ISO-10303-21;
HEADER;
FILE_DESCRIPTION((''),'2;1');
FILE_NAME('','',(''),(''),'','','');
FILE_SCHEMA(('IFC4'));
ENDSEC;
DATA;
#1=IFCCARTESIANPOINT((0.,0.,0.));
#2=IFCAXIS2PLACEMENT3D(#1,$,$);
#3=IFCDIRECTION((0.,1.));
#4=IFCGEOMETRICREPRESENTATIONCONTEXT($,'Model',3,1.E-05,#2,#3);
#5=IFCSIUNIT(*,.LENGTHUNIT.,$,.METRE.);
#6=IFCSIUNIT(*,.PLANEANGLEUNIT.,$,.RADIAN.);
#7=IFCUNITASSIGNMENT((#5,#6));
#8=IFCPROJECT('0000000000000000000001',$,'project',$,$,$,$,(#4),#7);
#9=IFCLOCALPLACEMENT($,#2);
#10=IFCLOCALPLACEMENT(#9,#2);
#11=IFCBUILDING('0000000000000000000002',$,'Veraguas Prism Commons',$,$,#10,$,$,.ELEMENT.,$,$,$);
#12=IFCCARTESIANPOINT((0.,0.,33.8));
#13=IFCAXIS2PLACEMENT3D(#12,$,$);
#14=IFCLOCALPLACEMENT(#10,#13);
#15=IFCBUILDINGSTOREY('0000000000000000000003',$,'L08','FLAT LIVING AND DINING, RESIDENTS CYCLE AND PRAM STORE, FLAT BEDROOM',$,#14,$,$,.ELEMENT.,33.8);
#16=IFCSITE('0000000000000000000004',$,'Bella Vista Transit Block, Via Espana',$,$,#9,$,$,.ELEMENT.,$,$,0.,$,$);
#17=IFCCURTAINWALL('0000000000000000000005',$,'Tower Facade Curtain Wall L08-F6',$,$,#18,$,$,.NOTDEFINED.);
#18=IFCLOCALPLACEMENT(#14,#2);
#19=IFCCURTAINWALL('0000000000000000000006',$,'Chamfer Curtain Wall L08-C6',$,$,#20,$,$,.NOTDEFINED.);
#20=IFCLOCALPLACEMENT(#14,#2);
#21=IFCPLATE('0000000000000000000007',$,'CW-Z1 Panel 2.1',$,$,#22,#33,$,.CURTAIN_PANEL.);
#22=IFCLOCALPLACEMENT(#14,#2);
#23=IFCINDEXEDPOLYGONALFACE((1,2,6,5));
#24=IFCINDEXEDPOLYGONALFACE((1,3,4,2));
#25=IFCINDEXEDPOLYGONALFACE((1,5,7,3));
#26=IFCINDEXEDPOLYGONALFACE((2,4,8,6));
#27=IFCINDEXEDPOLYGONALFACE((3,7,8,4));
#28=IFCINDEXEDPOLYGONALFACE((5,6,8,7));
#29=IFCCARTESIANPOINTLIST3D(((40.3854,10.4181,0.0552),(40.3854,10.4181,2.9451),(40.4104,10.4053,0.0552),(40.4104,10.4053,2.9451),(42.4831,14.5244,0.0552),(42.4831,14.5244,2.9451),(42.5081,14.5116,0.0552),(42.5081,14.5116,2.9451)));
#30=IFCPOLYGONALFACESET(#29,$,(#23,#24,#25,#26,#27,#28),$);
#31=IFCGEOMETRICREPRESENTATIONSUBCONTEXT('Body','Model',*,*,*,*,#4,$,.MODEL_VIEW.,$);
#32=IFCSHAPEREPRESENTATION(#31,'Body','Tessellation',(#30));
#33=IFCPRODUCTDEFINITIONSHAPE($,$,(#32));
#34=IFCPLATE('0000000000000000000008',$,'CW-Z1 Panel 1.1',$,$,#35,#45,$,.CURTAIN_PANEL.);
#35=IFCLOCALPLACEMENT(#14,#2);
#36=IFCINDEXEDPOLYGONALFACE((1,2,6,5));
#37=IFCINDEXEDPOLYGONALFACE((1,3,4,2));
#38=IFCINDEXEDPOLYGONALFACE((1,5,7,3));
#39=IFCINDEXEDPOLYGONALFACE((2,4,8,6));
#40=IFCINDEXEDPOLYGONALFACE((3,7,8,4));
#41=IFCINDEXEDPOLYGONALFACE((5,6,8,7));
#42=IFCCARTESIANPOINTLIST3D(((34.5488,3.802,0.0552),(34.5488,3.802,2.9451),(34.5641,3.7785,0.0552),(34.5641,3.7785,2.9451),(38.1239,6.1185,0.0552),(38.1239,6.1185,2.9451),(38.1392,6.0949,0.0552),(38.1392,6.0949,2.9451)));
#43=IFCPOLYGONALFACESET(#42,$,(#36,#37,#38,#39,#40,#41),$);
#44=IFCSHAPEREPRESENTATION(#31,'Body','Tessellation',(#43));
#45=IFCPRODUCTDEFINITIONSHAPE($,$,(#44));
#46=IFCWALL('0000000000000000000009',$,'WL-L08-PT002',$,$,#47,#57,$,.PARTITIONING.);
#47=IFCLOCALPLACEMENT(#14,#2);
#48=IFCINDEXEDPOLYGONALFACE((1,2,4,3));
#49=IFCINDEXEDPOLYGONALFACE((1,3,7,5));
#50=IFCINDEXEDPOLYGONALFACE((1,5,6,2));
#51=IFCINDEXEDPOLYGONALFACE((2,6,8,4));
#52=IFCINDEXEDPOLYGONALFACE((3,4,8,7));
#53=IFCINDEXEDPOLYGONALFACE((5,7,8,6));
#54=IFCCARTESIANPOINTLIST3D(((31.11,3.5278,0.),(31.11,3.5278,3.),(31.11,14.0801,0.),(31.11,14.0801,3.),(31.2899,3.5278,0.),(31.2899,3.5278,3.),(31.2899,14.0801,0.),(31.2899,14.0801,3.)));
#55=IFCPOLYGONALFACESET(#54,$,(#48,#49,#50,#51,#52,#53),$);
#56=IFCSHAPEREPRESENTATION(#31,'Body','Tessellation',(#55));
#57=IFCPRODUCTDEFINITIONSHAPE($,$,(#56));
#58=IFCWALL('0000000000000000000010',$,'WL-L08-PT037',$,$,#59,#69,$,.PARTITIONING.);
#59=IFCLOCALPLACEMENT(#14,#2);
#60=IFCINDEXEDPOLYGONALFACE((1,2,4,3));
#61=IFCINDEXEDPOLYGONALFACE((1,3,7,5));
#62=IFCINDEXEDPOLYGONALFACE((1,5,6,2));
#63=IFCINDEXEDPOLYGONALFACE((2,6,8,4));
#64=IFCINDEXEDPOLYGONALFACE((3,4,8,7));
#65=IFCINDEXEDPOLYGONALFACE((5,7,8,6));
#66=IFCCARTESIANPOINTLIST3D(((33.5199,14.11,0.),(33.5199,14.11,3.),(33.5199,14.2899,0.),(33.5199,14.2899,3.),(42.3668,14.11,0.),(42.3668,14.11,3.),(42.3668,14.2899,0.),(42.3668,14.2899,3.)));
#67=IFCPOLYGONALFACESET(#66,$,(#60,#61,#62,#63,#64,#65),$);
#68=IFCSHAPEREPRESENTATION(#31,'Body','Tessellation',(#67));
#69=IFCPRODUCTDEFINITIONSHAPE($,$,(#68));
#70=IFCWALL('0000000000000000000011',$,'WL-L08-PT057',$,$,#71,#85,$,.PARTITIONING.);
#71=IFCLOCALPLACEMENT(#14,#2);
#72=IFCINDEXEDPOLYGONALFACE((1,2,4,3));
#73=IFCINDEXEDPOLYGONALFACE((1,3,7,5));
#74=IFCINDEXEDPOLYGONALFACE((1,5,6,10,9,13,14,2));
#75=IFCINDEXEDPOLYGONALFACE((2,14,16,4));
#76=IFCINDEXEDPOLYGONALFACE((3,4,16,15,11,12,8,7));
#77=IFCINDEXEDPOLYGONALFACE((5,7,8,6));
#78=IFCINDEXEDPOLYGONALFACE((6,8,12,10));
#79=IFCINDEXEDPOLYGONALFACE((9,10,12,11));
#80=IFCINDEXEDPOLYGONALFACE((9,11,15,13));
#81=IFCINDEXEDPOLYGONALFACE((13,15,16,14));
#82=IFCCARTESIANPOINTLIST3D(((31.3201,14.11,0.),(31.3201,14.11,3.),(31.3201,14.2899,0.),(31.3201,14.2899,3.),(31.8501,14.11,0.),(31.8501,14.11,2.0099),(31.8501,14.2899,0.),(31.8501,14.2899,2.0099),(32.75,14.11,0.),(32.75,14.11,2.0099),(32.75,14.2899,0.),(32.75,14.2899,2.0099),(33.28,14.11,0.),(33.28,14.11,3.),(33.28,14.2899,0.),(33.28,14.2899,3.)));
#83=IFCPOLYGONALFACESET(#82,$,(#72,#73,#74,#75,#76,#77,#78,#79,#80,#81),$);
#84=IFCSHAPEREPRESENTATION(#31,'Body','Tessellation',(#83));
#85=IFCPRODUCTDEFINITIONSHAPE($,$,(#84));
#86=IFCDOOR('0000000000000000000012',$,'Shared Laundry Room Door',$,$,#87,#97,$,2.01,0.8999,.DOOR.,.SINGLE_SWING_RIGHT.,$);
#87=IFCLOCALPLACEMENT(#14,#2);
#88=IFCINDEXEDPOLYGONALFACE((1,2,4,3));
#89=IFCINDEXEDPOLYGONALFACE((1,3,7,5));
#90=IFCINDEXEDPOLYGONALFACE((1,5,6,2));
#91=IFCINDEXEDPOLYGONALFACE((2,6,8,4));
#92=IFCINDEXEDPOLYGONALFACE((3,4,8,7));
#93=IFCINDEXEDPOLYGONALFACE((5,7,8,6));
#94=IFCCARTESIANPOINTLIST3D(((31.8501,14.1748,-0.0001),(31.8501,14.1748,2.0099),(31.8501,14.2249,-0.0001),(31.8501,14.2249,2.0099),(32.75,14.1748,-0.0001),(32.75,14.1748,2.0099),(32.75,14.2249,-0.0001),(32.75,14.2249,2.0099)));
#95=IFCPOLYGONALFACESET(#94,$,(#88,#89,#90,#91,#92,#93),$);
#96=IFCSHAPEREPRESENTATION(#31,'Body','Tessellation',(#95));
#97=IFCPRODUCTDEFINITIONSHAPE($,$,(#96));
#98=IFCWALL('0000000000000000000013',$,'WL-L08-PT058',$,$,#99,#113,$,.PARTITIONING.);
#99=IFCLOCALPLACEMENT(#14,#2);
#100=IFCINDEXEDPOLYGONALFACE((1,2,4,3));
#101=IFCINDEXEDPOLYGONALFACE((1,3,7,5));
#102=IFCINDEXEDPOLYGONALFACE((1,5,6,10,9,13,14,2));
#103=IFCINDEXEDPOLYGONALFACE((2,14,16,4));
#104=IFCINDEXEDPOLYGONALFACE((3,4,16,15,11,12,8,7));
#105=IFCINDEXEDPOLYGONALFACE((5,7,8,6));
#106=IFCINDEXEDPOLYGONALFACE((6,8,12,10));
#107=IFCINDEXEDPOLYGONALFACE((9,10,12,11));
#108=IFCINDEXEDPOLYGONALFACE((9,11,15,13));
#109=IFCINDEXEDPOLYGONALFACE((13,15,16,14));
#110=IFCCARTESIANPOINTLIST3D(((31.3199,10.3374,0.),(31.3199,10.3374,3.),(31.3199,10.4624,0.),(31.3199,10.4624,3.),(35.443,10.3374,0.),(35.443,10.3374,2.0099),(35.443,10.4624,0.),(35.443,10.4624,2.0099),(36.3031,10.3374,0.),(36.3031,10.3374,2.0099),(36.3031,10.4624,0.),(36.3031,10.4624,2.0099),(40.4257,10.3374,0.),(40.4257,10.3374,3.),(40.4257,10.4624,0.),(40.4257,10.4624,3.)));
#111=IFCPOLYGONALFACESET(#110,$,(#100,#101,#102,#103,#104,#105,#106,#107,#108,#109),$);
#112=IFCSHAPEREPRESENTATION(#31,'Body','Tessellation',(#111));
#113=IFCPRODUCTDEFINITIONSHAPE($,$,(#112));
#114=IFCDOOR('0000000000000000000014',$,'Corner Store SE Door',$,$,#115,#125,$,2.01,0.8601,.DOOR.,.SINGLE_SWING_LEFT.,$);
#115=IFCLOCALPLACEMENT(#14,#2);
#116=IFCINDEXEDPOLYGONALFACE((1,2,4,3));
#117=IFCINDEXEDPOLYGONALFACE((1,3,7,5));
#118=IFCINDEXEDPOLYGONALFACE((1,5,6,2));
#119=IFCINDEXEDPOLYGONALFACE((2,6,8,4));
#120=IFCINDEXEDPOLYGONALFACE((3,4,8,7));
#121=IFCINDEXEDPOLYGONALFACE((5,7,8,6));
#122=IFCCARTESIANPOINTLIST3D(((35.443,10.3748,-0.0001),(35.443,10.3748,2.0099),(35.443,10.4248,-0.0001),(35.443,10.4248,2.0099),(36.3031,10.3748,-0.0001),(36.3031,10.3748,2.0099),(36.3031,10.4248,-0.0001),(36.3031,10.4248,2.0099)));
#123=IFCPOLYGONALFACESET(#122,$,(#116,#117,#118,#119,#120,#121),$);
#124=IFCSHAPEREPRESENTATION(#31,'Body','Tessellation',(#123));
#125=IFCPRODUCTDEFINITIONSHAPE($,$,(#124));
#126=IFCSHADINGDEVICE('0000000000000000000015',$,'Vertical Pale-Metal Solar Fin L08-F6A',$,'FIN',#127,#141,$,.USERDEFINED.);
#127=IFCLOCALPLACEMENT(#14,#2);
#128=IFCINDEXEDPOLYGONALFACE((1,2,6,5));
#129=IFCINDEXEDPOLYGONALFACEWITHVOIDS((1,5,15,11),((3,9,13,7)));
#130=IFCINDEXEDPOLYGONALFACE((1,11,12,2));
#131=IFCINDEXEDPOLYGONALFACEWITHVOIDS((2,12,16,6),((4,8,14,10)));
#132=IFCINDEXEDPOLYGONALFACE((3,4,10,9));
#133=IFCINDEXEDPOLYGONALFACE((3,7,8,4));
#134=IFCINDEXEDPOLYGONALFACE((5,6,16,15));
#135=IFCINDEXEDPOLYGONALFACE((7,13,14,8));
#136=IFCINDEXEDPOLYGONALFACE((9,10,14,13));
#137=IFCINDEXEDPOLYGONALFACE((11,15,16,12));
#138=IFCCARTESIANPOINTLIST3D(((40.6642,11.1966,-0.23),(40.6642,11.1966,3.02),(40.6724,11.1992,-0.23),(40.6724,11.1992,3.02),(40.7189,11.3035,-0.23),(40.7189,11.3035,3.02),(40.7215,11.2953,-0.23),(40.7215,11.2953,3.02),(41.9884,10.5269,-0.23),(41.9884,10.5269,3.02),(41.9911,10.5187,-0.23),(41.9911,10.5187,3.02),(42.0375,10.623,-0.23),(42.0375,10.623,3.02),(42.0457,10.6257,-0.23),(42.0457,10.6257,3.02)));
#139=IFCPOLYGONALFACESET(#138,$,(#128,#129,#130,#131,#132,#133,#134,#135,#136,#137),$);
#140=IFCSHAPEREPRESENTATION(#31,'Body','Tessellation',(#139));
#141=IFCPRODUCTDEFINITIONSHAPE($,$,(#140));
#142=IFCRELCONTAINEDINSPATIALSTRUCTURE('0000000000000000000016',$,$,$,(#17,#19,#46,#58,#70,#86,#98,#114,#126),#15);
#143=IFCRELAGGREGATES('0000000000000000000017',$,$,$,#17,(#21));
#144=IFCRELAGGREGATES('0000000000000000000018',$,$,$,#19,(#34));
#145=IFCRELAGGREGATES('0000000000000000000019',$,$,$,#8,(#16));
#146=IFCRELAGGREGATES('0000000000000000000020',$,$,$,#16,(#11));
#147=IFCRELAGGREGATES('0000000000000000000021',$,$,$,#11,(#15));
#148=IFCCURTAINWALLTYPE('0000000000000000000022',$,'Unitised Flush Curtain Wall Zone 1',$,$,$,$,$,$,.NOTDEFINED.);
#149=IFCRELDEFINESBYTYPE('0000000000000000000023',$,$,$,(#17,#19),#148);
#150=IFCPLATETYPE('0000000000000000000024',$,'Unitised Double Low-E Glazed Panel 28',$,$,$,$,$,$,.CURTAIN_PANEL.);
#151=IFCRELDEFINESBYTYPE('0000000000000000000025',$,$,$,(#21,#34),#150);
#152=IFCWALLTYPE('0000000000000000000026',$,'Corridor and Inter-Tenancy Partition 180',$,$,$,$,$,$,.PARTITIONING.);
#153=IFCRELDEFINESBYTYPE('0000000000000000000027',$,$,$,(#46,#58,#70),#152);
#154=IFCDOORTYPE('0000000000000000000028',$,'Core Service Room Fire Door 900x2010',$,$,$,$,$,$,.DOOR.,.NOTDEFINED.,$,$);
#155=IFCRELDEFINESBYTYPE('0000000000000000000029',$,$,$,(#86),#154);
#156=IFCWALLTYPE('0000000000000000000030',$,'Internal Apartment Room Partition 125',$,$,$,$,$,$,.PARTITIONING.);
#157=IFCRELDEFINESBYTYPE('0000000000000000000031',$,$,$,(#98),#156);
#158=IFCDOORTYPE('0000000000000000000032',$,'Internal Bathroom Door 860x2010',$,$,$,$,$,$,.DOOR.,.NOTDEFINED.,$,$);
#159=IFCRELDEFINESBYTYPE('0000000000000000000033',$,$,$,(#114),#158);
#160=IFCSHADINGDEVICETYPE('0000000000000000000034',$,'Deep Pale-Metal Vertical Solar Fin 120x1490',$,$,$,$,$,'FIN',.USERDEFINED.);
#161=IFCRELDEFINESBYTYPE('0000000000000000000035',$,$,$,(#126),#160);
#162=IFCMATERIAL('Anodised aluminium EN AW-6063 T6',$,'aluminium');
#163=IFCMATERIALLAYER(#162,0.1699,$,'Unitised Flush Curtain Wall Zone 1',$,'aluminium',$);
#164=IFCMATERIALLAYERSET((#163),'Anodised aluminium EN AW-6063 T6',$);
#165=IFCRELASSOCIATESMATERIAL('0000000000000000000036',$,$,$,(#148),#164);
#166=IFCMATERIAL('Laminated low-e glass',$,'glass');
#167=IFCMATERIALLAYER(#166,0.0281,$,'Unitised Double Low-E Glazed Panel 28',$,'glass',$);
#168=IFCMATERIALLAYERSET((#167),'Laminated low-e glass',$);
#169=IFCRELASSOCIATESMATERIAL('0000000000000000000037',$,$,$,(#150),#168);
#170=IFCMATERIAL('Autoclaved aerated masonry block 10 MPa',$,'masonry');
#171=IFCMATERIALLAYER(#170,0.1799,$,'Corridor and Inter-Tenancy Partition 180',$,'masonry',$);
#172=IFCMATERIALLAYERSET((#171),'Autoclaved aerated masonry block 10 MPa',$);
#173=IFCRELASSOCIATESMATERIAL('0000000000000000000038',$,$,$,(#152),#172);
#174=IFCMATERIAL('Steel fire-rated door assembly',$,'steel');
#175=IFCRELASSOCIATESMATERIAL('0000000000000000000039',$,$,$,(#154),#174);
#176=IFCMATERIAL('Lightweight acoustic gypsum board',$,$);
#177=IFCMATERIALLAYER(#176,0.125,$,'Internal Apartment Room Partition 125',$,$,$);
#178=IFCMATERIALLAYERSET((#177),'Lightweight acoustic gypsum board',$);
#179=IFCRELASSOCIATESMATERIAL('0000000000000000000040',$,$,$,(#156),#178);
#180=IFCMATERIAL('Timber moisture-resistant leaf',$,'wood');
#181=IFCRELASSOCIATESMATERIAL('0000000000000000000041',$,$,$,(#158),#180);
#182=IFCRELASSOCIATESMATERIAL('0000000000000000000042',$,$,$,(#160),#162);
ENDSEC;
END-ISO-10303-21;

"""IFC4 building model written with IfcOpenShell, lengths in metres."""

from ifc_helpers import new_model, si_unit, direction, frame, frame_2d, origin, origin_2d, place, context, subcontext, project, spatial, rectangle, hollow_rectangle, extrude, source, transform, mapped, material, layer, layer_set, material_profile, profile_set, type_object, element, fill, aggregate, save


model = new_model("IFC4")

# Units and contexts
model_context = context("Model", 3, precision=1e-05, world=origin(), true_north=direction((0.0, 1.0)))
body_context = subcontext(model_context, "Body", "Model", "MODEL_VIEW")
ifc_project = project(units=[si_unit("LENGTHUNIT", "METRE"), si_unit("PLANEANGLEUNIT", "RADIAN")], contexts=[model_context])

# Site, building, storey
site_placement = place(None, origin())
site = spatial("IfcSite", under=ifc_project, at=site_placement, Name="Bella Vista Transit Block, Via Espana", CompositionType="ELEMENT", RefElevation=0.0)
building_placement = place(site_placement, origin())
building = spatial("IfcBuilding", under=site, at=building_placement, Name="Veraguas Prism Commons", CompositionType="ELEMENT")
storey_placement = place(building_placement, frame((0.0, 0.0, 33.8)))
storey = spatial("IfcBuildingStorey", under=building, at=storey_placement, Name="L08", Description="FLAT LIVING AND DINING, RESIDENTS CYCLE AND PRAM STORE, FLAT BEDROOM", CompositionType="ELEMENT", Elevation=33.8)

# Curtain wall
ifc_material_1 = material(Name="Anodised aluminium EN AW-6063 T6", Category="aluminium")
ifc_layer_1 = layer(ifc_material_1, 0.1699, Name="Unitised Flush Curtain Wall Zone 1", Category="aluminium")
ifc_layer_set_1 = layer_set([ifc_layer_1], Name="Anodised aluminium EN AW-6063 T6")
curtain_wall_type = type_object("IfcCurtainWallType", Name="Unitised Flush Curtain Wall Zone 1", PredefinedType="NOTDEFINED", material=ifc_layer_set_1)
curtain_wall_1_placement = place(storey_placement, origin())
curtain_wall_1 = element("IfcCurtainWall", 1, at=curtain_wall_1_placement, inside=storey, type_object=curtain_wall_type, Name="Tower Facade Curtain Wall L08-F6", PredefinedType="NOTDEFINED")

# Curtain wall
curtain_wall_2_placement = place(storey_placement, origin())
curtain_wall_2 = element("IfcCurtainWall", 2, at=curtain_wall_2_placement, inside=storey, type_object=curtain_wall_type, Name="Chamfer Curtain Wall L08-C6", PredefinedType="NOTDEFINED")

# Plates
ifc_material_2 = material(Name="Laminated low-e glass", Category="glass")
ifc_layer_2 = layer(ifc_material_2, 0.0281, Name="Unitised Double Low-E Glazed Panel 28", Category="glass")
ifc_layer_set_2 = layer_set([ifc_layer_2], Name="Laminated low-e glass")
plate_type = type_object("IfcPlateType", Name="Unitised Double Low-E Glazed Panel 28", PredefinedType="CURTAIN_PANEL", material=ifc_layer_set_2)
shared_shape_1 = source(origin(), body_context, "Body", "SweptSolid", [
    extrude(rectangle(XDim=4.6111, YDim=0.0281, at=origin_2d()), origin(), (0.0, 0.0, 1.0), 2.8899),
])
plate_1_placement = place(storey_placement, frame((41.4468, 12.4648, 0.0552), z_axis=(0.0, 0.0, 1.0), x_axis=(0.454922, 0.890531, 0.0)))
plate_1 = element("IfcPlate", 3, at=plate_1_placement, type_object=plate_type, Name="CW-Z1 Panel 2.1", PredefinedType="CURTAIN_PANEL", context=body_context, shape_type="MappedRepresentation", body=[
    mapped(shared_shape_1, transform((0.0, 0.0, 0.0), scale=1.0)),
])
aggregate(curtain_wall_1, [plate_1])
shared_shape_2 = source(origin(), body_context, "Body", "SweptSolid", [
    extrude(rectangle(XDim=4.26, YDim=0.0281, at=origin_2d()), origin(), (0.0, 0.0, 1.0), 2.8899),
])
plate_2_placement = place(storey_placement, frame((36.344, 4.9485, 0.0552), z_axis=(0.0, 0.0, 1.0), x_axis=(0.839233, 0.543772, 0.0)))
plate_2 = element("IfcPlate", 4, at=plate_2_placement, type_object=plate_type, Name="CW-Z1 Panel 1.1", PredefinedType="CURTAIN_PANEL", context=body_context, shape_type="MappedRepresentation", body=[
    mapped(shared_shape_2, transform((0.0, 0.0, 0.0), scale=1.0)),
])
aggregate(curtain_wall_2, [plate_2])

# Walls
ifc_material_3 = material(Name="Autoclaved aerated masonry block 10 MPa", Category="masonry")
ifc_layer_3 = layer(ifc_material_3, 0.1799, Name="Corridor and Inter-Tenancy Partition 180", Category="masonry")
ifc_layer_set_3 = layer_set([ifc_layer_3], Name="Autoclaved aerated masonry block 10 MPa")
wall_type_1 = type_object("IfcWallType", Name="Corridor and Inter-Tenancy Partition 180", PredefinedType="PARTITIONING", material=ifc_layer_set_3)
wall_1_placement = place(storey_placement, frame((31.2, 14.0801, 0.0), z_axis=(0.0, 0.0, 1.0), x_axis=(0.0, -1.0, 0.0)))
element("IfcWall", 5, at=wall_1_placement, inside=storey, type_object=wall_type_1, Name="WL-L08-PT002", PredefinedType="PARTITIONING", context=body_context, shape_type="SweptSolid", body=[
    extrude(rectangle(XDim=10.5522, YDim=0.1799, at=frame_2d((5.2761, 0.0))), origin(), (0.0, 0.0, 1.0), 3.0),
])
wall_2_placement = place(storey_placement, frame((33.52, 14.2, 0.0), z_axis=(0.0, 0.0, 1.0), x_axis=(1.0, 0.0, 0.0)))
element("IfcWall", 6, at=wall_2_placement, inside=storey, type_object=wall_type_1, Name="WL-L08-PT037", PredefinedType="PARTITIONING", context=body_context, shape_type="SweptSolid", body=[
    extrude(rectangle(XDim=8.8469, YDim=0.1799, at=frame_2d((4.4233, 0.0))), origin(), (0.0, 0.0, 1.0), 3.0),
])

# Walls, openings, doors
wall_3_placement = place(storey_placement, frame((31.3201, 14.2, 0.0), z_axis=(0.0, 0.0, 1.0), x_axis=(1.0, 0.0, 0.0)))
wall_3 = element("IfcWall", 7, at=wall_3_placement, inside=storey, type_object=wall_type_1, Name="WL-L08-PT057", PredefinedType="PARTITIONING", context=body_context, shape_type="SweptSolid", body=[
    extrude(rectangle(XDim=1.96, YDim=0.1799, at=frame_2d((0.98, 0.0))), origin(), (0.0, 0.0, 1.0), 3.0),
])
opening_1_placement = place(wall_3_placement, frame((0.53, 0.0, 0.0)))
opening_1 = element("IfcOpeningElement", 8, at=opening_1_placement, cuts=wall_3, PredefinedType="OPENING", context=body_context, shape_type="SweptSolid", body=[
    extrude(rectangle(XDim=0.8999, YDim=2.01, at=frame_2d((0.45, 1.0049))), frame((0.0, 0.0999, 0.0), z_axis=(0.0, -1.0, 0.0), x_axis=(1.0, 0.0, 0.0)), (0.0, 0.0, 1.0), 0.2),
])
ifc_material_4 = material(Name="Steel fire-rated door assembly", Category="steel")
door_type_1 = type_object("IfcDoorType", Name="Core Service Room Fire Door 900x2010", OperationType="NOTDEFINED", PredefinedType="DOOR", material=ifc_material_4)
shared_shape_3 = source(origin(), body_context, "Body", "SweptSolid", [
    extrude(rectangle(XDim=0.8999, YDim=2.01, at=frame_2d((0.45, 1.0049))), frame((0.0, 0.0249, 0.0), z_axis=(0.0, -1.0, 0.0), x_axis=(1.0, 0.0, 0.0)), (0.0, 0.0, 1.0), 0.05),
])
door_1_placement = place(opening_1_placement, origin())
door_1 = element("IfcDoor", 9, at=door_1_placement, inside=storey, type_object=door_type_1, Name="Shared Laundry Room Door", OperationType="SINGLE_SWING_RIGHT", OverallHeight=2.01, OverallWidth=0.8999, PredefinedType="DOOR", context=body_context, shape_type="MappedRepresentation", body=[
    mapped(shared_shape_3, transform((0.0, 0.0, 0.0), scale=1.0)),
])
fill(opening_1, door_1)
ifc_material_5 = material(Name="Lightweight acoustic gypsum board")
ifc_layer_4 = layer(ifc_material_5, 0.125, Name="Internal Apartment Room Partition 125")
ifc_layer_set_4 = layer_set([ifc_layer_4], Name="Lightweight acoustic gypsum board")
wall_type_2 = type_object("IfcWallType", Name="Internal Apartment Room Partition 125", PredefinedType="PARTITIONING", material=ifc_layer_set_4)
wall_4_placement = place(storey_placement, frame((31.3201, 10.3999, 0.0), z_axis=(0.0, 0.0, 1.0), x_axis=(1.0, 0.0, 0.0)))
wall_4 = element("IfcWall", 10, at=wall_4_placement, inside=storey, type_object=wall_type_2, Name="WL-L08-PT058", PredefinedType="PARTITIONING", context=body_context, shape_type="SweptSolid", body=[
    extrude(rectangle(XDim=9.1057, YDim=0.125, at=frame_2d((4.5527, 0.0))), origin(), (0.0, 0.0, 1.0), 3.0),
])
opening_2_placement = place(wall_4_placement, frame((4.1228, 0.0, 0.0)))
opening_2 = element("IfcOpeningElement", 11, at=opening_2_placement, cuts=wall_4, PredefinedType="OPENING", context=body_context, shape_type="SweptSolid", body=[
    extrude(rectangle(XDim=0.8601, YDim=2.01, at=frame_2d((0.4302, 1.0049))), frame((0.0, 0.0725, 0.0), z_axis=(0.0, -1.0, 0.0), x_axis=(1.0, 0.0, 0.0)), (0.0, 0.0, 1.0), 0.145),
])
ifc_material_6 = material(Name="Timber moisture-resistant leaf", Category="wood")
door_type_2 = type_object("IfcDoorType", Name="Internal Bathroom Door 860x2010", OperationType="NOTDEFINED", PredefinedType="DOOR", material=ifc_material_6)
shared_shape_4 = source(origin(), body_context, "Body", "SweptSolid", [
    extrude(rectangle(XDim=0.8601, YDim=2.01, at=frame_2d((0.4302, 1.0049))), frame((0.0, 0.0249, 0.0), z_axis=(0.0, -1.0, 0.0), x_axis=(1.0, 0.0, 0.0)), (0.0, 0.0, 1.0), 0.05),
])
door_2_placement = place(opening_2_placement, origin())
door_2 = element("IfcDoor", 12, at=door_2_placement, inside=storey, type_object=door_type_2, Name="Corner Store SE Door", OperationType="SINGLE_SWING_LEFT", OverallHeight=2.01, OverallWidth=0.8601, PredefinedType="DOOR", context=body_context, shape_type="MappedRepresentation", body=[
    mapped(shared_shape_4, transform((0.0, 0.0, 0.0), scale=1.0)),
])
fill(opening_2, door_2)

# Shading device
ifc_material_profile_1 = material_profile(ifc_material_1, hollow_rectangle(XDim=0.1201, YDim=1.49, WallThickness=0.0061, at=origin_2d()), Name="FIN120X1490X6")
ifc_profile_set_1 = profile_set([ifc_material_profile_1], Name="Anodised aluminium EN AW-6063 T6")
shading_device_type = type_object("IfcShadingDeviceType", Name="Deep Pale-Metal Vertical Solar Fin 120x1490", ElementType="FIN", PredefinedType="USERDEFINED", material=ifc_profile_set_1)
shading_device_placement = place(storey_placement, frame((41.355, 10.9111, -0.23), z_axis=(0.0, 0.0, 1.0), x_axis=(0.454923, 0.890531, 0.0)))
element("IfcShadingDevice", 13, at=shading_device_placement, inside=storey, type_object=shading_device_type, Name="Vertical Pale-Metal Solar Fin L08-F6A", ObjectType="FIN", PredefinedType="USERDEFINED", context=body_context, shape_type="SweptSolid", body=[
    extrude(hollow_rectangle(XDim=0.1201, YDim=1.49, WallThickness=0.0061, at=origin_2d()), origin(), (0.0, 0.0, 1.0), 3.25),
])

save(model, "model.ifc")
